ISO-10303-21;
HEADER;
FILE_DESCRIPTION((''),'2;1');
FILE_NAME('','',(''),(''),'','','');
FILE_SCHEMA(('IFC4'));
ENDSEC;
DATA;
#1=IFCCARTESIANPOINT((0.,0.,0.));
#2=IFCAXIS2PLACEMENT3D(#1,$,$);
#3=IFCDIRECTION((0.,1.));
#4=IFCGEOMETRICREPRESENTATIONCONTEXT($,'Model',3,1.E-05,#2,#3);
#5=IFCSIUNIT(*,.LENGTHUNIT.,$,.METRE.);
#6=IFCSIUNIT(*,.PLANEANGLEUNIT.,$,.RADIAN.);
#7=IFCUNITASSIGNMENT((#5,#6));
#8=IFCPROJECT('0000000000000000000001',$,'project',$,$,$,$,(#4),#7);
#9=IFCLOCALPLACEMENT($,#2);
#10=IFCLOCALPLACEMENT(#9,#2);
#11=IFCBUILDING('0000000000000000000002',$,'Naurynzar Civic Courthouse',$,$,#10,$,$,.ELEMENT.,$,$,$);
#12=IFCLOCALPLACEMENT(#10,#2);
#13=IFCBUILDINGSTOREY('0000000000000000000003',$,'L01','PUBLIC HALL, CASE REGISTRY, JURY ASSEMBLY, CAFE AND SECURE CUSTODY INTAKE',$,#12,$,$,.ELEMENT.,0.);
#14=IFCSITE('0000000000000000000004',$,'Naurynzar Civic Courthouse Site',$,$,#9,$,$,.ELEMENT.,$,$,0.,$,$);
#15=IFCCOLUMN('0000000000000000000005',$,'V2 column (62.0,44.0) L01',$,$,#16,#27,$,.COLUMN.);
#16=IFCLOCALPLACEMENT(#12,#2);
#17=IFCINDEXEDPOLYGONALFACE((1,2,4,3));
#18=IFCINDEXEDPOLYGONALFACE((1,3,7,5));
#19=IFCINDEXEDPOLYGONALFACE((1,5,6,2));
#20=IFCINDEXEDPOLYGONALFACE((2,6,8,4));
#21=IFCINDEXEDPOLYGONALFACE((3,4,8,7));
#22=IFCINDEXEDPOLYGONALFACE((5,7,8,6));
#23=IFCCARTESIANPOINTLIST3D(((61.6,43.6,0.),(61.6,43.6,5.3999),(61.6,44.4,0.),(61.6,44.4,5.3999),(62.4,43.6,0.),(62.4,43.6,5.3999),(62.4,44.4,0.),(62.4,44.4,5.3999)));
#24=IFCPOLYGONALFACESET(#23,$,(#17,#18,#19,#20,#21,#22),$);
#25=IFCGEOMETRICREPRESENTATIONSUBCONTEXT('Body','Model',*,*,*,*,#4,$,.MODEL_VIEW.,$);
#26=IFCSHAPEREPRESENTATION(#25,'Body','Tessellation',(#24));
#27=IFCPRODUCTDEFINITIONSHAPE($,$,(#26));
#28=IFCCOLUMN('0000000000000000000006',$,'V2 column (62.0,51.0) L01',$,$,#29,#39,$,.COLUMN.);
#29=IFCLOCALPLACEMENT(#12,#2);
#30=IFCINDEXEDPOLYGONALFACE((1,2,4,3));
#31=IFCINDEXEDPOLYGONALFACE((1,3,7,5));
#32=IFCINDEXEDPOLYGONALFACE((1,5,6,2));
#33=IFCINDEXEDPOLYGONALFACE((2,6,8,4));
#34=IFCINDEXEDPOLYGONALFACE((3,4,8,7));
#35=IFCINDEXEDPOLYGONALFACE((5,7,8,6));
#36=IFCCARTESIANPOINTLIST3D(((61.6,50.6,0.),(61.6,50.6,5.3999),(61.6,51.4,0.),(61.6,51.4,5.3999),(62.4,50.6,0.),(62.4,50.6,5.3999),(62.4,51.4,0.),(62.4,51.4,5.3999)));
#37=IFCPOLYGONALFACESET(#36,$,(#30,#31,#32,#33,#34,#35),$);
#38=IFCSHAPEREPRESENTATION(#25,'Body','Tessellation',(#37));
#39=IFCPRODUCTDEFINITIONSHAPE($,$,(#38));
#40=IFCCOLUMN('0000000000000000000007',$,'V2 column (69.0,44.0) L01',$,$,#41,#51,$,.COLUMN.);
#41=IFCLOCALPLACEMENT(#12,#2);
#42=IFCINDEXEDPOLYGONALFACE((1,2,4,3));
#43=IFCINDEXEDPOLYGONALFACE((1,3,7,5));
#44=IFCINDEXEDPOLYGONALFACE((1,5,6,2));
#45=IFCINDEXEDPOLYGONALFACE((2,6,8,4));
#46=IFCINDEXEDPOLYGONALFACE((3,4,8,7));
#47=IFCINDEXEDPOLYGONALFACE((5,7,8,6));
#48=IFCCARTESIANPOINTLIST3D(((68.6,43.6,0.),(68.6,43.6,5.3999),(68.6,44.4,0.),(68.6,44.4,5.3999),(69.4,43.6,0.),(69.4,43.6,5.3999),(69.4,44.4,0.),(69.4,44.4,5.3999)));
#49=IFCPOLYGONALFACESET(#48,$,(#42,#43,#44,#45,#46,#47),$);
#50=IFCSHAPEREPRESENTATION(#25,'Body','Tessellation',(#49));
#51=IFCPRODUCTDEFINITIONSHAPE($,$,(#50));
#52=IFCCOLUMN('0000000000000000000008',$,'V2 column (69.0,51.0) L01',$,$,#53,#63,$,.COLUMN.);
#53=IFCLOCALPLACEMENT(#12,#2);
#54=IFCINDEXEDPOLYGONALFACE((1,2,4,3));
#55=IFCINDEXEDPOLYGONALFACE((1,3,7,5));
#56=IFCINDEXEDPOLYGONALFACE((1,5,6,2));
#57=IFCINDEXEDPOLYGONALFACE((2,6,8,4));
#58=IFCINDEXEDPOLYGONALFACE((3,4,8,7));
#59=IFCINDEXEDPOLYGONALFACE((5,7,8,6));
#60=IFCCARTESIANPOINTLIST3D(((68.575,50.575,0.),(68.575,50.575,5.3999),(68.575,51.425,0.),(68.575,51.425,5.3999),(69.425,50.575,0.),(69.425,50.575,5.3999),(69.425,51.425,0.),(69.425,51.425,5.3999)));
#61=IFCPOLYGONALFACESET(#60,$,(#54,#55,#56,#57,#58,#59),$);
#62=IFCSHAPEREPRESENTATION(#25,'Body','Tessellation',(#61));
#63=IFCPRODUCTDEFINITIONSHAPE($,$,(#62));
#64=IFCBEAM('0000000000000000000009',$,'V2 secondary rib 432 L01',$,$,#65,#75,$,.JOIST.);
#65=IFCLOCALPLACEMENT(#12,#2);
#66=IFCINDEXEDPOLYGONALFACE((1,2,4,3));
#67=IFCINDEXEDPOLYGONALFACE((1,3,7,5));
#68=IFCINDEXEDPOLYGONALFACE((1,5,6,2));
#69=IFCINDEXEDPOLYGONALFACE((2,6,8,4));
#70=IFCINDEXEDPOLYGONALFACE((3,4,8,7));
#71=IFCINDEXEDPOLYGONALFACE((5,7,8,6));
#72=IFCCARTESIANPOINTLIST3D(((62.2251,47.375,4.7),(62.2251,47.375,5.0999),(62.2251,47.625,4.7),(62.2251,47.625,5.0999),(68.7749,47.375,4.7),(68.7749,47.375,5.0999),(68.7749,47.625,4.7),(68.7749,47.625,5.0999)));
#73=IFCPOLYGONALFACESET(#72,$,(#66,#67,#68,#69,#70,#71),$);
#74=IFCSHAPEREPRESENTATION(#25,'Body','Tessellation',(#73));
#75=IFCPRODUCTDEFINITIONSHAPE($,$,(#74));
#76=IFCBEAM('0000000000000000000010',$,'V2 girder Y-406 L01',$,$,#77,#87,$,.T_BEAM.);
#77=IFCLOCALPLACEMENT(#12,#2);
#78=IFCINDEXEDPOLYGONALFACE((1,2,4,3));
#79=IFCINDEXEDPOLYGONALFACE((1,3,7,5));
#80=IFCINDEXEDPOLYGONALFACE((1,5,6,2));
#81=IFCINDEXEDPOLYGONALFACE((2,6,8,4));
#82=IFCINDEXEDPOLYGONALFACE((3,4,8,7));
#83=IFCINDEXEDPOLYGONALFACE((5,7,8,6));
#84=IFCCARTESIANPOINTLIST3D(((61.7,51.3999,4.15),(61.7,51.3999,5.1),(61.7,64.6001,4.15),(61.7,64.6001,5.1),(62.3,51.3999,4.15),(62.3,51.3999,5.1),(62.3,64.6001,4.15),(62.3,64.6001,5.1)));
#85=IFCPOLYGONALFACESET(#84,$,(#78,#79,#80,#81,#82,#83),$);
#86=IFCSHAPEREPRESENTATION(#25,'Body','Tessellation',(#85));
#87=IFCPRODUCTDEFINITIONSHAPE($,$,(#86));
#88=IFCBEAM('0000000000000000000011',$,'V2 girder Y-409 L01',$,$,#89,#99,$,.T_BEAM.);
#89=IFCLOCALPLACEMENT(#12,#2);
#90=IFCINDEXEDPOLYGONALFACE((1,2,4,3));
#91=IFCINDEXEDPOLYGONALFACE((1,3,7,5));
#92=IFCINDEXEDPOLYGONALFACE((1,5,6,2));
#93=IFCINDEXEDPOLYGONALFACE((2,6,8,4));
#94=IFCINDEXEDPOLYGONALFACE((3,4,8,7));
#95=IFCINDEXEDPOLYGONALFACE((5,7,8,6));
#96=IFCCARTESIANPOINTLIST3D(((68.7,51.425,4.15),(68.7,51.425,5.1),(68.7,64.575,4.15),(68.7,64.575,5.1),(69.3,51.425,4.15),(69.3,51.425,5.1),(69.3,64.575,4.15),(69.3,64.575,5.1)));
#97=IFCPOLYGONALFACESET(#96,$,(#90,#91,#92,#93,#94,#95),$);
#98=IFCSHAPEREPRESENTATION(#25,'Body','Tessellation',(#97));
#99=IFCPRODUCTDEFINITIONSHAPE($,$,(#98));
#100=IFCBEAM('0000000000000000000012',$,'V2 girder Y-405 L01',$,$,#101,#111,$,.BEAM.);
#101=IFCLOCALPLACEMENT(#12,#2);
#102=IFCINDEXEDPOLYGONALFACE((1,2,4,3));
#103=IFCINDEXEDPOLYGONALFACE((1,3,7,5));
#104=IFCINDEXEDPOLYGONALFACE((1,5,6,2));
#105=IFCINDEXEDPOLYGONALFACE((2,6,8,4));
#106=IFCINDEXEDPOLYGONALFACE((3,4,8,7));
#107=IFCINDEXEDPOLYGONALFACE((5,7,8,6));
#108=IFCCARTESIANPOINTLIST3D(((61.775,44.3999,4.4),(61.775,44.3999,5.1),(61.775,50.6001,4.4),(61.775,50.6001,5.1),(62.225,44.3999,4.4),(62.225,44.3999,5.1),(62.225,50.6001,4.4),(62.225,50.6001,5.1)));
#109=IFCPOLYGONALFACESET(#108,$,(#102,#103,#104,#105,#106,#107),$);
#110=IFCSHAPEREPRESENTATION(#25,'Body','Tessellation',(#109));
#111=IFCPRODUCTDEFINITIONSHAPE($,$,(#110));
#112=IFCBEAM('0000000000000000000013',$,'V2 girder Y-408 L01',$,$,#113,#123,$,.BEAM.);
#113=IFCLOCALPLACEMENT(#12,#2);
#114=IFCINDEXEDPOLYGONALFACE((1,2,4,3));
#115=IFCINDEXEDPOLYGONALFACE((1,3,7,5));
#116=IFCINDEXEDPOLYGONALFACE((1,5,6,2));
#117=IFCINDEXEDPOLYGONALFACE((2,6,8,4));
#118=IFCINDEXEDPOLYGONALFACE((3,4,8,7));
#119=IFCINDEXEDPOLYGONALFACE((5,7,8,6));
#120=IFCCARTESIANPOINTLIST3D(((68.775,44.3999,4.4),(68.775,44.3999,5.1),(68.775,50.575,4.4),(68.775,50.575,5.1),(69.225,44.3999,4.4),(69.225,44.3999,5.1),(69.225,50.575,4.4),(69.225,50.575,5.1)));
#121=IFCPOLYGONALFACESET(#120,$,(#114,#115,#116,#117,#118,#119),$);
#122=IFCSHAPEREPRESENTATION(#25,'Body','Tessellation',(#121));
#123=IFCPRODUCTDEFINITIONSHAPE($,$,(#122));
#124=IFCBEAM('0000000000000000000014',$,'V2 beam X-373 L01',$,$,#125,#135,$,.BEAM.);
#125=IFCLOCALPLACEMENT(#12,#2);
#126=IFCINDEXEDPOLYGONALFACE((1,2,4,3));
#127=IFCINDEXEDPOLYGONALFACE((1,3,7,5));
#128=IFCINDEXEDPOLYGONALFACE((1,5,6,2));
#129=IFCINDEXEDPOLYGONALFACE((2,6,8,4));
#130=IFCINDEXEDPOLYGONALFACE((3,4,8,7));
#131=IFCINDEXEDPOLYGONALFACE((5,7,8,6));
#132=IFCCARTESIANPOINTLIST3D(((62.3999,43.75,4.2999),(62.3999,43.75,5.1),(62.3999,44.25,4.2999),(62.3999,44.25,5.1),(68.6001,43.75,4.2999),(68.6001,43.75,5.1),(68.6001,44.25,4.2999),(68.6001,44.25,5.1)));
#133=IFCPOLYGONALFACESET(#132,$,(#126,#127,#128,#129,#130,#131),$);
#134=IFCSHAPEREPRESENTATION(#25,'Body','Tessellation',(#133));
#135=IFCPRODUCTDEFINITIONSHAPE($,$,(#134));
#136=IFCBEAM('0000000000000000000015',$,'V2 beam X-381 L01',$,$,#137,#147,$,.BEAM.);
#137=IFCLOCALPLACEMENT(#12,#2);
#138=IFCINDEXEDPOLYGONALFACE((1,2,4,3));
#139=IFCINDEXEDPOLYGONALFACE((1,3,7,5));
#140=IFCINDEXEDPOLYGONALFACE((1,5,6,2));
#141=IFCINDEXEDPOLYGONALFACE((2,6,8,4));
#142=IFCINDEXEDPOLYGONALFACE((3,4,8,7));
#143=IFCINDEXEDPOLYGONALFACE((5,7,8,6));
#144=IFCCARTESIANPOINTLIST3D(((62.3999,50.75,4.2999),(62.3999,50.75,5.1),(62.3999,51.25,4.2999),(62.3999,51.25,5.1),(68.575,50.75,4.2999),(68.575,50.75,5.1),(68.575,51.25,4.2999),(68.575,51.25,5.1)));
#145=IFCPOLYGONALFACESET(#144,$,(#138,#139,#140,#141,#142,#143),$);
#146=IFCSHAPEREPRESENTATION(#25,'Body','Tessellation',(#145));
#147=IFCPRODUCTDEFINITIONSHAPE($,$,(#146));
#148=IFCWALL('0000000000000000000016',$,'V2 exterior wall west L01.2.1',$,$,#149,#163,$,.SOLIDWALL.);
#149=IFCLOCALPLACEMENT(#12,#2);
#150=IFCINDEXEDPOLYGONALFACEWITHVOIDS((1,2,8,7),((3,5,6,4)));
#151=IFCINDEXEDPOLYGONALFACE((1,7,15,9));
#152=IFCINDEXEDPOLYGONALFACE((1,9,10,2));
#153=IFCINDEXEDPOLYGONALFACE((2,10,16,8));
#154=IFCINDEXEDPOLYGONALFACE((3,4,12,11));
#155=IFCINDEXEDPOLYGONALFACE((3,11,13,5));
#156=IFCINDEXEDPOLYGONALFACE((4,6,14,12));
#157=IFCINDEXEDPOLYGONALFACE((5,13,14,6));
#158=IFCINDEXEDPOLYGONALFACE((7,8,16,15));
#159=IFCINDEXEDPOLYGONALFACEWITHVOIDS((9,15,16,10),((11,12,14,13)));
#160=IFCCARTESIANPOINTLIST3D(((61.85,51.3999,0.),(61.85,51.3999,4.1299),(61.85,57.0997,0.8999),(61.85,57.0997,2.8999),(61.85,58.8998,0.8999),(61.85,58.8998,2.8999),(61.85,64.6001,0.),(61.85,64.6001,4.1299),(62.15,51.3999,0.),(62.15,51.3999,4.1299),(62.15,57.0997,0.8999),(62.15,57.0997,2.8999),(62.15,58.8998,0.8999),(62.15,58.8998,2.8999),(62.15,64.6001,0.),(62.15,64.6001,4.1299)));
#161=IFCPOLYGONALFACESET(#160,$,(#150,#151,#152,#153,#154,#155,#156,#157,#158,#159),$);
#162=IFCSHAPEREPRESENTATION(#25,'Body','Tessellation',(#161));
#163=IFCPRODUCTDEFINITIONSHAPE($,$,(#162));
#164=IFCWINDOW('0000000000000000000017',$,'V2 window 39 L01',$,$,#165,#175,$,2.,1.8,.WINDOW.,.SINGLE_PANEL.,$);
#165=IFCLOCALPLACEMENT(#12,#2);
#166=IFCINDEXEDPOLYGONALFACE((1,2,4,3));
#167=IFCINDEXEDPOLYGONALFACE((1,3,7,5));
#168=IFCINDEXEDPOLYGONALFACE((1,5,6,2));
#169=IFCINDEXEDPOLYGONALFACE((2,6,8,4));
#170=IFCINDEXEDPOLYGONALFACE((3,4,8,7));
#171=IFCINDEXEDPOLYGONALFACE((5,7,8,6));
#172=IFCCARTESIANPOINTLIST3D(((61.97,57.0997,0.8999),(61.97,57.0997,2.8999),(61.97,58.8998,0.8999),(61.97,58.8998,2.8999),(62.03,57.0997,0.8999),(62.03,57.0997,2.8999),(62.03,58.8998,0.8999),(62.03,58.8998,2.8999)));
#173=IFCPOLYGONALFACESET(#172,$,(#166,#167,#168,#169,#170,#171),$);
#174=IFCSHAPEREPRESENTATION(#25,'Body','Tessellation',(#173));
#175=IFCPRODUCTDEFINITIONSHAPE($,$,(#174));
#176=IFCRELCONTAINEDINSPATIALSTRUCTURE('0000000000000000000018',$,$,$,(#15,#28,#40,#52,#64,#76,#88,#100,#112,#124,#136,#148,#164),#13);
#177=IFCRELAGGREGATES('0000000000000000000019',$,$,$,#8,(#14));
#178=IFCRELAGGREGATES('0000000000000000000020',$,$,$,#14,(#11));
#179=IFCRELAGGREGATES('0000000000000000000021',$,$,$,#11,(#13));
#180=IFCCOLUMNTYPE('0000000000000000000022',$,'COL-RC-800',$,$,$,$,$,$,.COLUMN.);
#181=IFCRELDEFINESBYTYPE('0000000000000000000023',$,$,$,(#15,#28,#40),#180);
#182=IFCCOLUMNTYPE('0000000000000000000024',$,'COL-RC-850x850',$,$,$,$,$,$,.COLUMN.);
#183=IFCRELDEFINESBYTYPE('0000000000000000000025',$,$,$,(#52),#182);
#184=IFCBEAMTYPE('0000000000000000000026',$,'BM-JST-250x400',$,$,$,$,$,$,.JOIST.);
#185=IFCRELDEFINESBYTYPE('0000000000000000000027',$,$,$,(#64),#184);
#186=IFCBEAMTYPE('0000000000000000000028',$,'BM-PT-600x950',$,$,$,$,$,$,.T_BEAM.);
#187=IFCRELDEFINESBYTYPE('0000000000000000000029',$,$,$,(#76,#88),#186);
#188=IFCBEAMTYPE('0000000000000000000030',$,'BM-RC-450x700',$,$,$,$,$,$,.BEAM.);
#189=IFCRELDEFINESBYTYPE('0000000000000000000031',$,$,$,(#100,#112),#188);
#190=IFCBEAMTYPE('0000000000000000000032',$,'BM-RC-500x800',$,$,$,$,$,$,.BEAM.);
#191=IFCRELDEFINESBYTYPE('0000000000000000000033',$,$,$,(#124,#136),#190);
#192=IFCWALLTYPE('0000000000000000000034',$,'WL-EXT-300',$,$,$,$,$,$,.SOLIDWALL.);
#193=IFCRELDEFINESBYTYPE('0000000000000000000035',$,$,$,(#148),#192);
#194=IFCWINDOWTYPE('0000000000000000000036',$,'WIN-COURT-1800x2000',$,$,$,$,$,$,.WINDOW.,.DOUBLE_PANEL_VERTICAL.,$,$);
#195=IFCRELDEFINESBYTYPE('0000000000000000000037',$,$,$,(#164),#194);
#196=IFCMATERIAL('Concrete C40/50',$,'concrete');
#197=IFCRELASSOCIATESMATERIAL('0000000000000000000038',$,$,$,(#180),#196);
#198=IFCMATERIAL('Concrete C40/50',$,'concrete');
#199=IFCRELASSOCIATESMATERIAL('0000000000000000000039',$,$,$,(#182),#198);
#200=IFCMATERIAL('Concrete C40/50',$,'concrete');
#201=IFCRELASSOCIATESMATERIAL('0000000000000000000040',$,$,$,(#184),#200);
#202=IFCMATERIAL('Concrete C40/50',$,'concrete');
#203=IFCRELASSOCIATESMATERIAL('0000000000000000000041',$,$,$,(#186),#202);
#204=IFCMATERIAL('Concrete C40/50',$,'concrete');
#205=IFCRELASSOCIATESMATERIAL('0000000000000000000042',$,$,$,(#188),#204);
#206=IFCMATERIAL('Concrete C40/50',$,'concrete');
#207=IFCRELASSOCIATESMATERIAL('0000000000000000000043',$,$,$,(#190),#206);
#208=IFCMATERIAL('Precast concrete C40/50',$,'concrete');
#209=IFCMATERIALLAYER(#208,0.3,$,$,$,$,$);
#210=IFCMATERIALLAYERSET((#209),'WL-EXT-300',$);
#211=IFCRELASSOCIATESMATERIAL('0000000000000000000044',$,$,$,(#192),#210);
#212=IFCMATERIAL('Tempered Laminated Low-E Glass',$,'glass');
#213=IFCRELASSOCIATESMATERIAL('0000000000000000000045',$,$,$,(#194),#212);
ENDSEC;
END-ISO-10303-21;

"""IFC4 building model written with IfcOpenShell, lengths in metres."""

from ifc_helpers import new_model, si_unit, direction, frame, frame_2d, origin, origin_2d, place, context, subcontext, project, spatial, rectangle, extrude, material, layer, layer_set, material_profile, profile_set, type_object, element, fill, save


model = new_model("IFC4")

# Units and contexts
model_context = context("Model", 3, precision=1e-05, world=origin(), true_north=direction((0.0, 1.0)))
body_context = subcontext(model_context, "Body", "Model", "MODEL_VIEW")
ifc_project = project(units=[si_unit("LENGTHUNIT", "METRE"), si_unit("PLANEANGLEUNIT", "RADIAN")], contexts=[model_context])

# Site, building, storey
site_placement = place(None, origin())
site = spatial("IfcSite", under=ifc_project, at=site_placement, Name="Naurynzar Civic Courthouse Site", CompositionType="ELEMENT", RefElevation=0.0)
building_placement = place(site_placement, origin())
building = spatial("IfcBuilding", under=site, at=building_placement, Name="Naurynzar Civic Courthouse", CompositionType="ELEMENT")
storey_placement = place(building_placement, origin())
storey = spatial("IfcBuildingStorey", under=building, at=storey_placement, Name="L01", Description="PUBLIC HALL, CASE REGISTRY, JURY ASSEMBLY, CAFE AND SECURE CUSTODY INTAKE", CompositionType="ELEMENT", Elevation=0.0)

# Columns
ifc_material_1 = material(Name="Concrete C40/50", Category="concrete")
ifc_material_profile_1 = material_profile(ifc_material_1, rectangle(XDim=0.8, YDim=0.8, at=origin_2d()), Name="RC 800x800")
ifc_profile_set_1 = profile_set([ifc_material_profile_1], Name="Concrete C40/50")
column_type_1 = type_object("IfcColumnType", Name="COL-RC-800", PredefinedType="COLUMN", material=ifc_profile_set_1)
for number, where, z_axis, x_axis, name in (
    (1, (62.0, 44.0, 0.0), (0.0, 0.0, 1.0), (1.0, 0.0, 0.0), "V2 column (62.0,44.0) L01"),
    (2, (62.0, 51.0, 0.0), (0.0, 0.0, 1.0), (1.0, 0.0, 0.0), "V2 column (62.0,51.0) L01"),
    (3, (69.0, 44.0, 0.0), (0.0, 0.0, 1.0), (1.0, 0.0, 0.0), "V2 column (69.0,44.0) L01"),
):
    element("IfcColumn", number, at=place(storey_placement, frame(where, z_axis=z_axis, x_axis=x_axis)), inside=storey, type_object=column_type_1, Name=name, PredefinedType="COLUMN", context=body_context, shape_type="SweptSolid", body=[
        extrude(rectangle(XDim=0.8, YDim=0.8, at=origin_2d()), origin(), (0.0, 0.0, 1.0), 5.3999),
    ])
ifc_material_2 = material(Name="Concrete C40/50", Category="concrete")
ifc_material_profile_2 = material_profile(ifc_material_2, rectangle(XDim=0.8501, YDim=0.8501, at=origin_2d()), Name="RC 850x850")
ifc_profile_set_2 = profile_set([ifc_material_profile_2], Name="Concrete C40/50")
column_type_2 = type_object("IfcColumnType", Name="COL-RC-850x850", PredefinedType="COLUMN", material=ifc_profile_set_2)
column_placement = place(storey_placement, frame((69.0, 51.0, 0.0), z_axis=(0.0, 0.0, 1.0), x_axis=(1.0, 0.0, 0.0)))
element("IfcColumn", 4, at=column_placement, inside=storey, type_object=column_type_2, Name="V2 column (69.0,51.0) L01", PredefinedType="COLUMN", context=body_context, shape_type="SweptSolid", body=[
    extrude(rectangle(XDim=0.8501, YDim=0.8501, at=origin_2d()), origin(), (0.0, 0.0, 1.0), 5.3999),
])

# Beams
ifc_material_3 = material(Name="Concrete C40/50", Category="concrete")
ifc_material_profile_3 = material_profile(ifc_material_3, rectangle(XDim=0.25, YDim=0.3999, at=origin_2d()), Name="RCB 250x400")
ifc_profile_set_3 = profile_set([ifc_material_profile_3], Name="Concrete C40/50")
beam_type_1 = type_object("IfcBeamType", Name="BM-JST-250x400", PredefinedType="JOIST", material=ifc_profile_set_3)
beam_1_placement = place(storey_placement, frame((62.2251, 47.5, 4.8999), z_axis=(1.0, 0.0, 0.0), x_axis=(0.0, 1.0, 0.0)))
element("IfcBeam", 5, at=beam_1_placement, inside=storey, type_object=beam_type_1, Name="V2 secondary rib 432 L01", PredefinedType="JOIST", context=body_context, shape_type="SweptSolid", body=[
    extrude(rectangle(XDim=0.25, YDim=0.3999, at=origin_2d()), origin(), (0.0, 0.0, 1.0), 6.5498),
])
ifc_material_4 = material(Name="Concrete C40/50", Category="concrete")
ifc_material_profile_4 = material_profile(ifc_material_4, rectangle(XDim=0.6001, YDim=0.95, at=origin_2d()), Name="PTB 600x950")
ifc_profile_set_4 = profile_set([ifc_material_profile_4], Name="Concrete C40/50")
beam_type_2 = type_object("IfcBeamType", Name="BM-PT-600x950", PredefinedType="T_BEAM", material=ifc_profile_set_4)
beam_2_placement = place(storey_placement, frame((62.0, 51.3999, 4.625), z_axis=(0.0, 1.0, 0.0), x_axis=(-1.0, 0.0, 0.0)))
element("IfcBeam", 6, at=beam_2_placement, inside=storey, type_object=beam_type_2, Name="V2 girder Y-406 L01", PredefinedType="T_BEAM", context=body_context, shape_type="SweptSolid", body=[
    extrude(rectangle(XDim=0.6001, YDim=0.95, at=origin_2d()), origin(), (0.0, 0.0, 1.0), 13.2002),
])
beam_3_placement = place(storey_placement, frame((69.0, 51.425, 4.625), z_axis=(0.0, 1.0, 0.0), x_axis=(-1.0, 0.0, 0.0)))
element("IfcBeam", 7, at=beam_3_placement, inside=storey, type_object=beam_type_2, Name="V2 girder Y-409 L01", PredefinedType="T_BEAM", context=body_context, shape_type="SweptSolid", body=[
    extrude(rectangle(XDim=0.6001, YDim=0.95, at=origin_2d()), origin(), (0.0, 0.0, 1.0), 13.1499),
])
ifc_material_5 = material(Name="Concrete C40/50", Category="concrete")
ifc_material_profile_5 = material_profile(ifc_material_5, rectangle(XDim=0.45, YDim=0.7, at=origin_2d()), Name="RCB 450x700")
ifc_profile_set_5 = profile_set([ifc_material_profile_5], Name="Concrete C40/50")
beam_type_3 = type_object("IfcBeamType", Name="BM-RC-450x700", PredefinedType="BEAM", material=ifc_profile_set_5)
beam_4_placement = place(storey_placement, frame((62.0, 44.3999, 4.75), z_axis=(0.0, 1.0, 0.0), x_axis=(-1.0, 0.0, 0.0)))
element("IfcBeam", 8, at=beam_4_placement, inside=storey, type_object=beam_type_3, Name="V2 girder Y-405 L01", PredefinedType="BEAM", context=body_context, shape_type="SweptSolid", body=[
    extrude(rectangle(XDim=0.45, YDim=0.7, at=origin_2d()), origin(), (0.0, 0.0, 1.0), 6.2002),
])
beam_5_placement = place(storey_placement, frame((69.0, 44.3999, 4.75), z_axis=(0.0, 1.0, 0.0), x_axis=(-1.0, 0.0, 0.0)))
element("IfcBeam", 9, at=beam_5_placement, inside=storey, type_object=beam_type_3, Name="V2 girder Y-408 L01", PredefinedType="BEAM", context=body_context, shape_type="SweptSolid", body=[
    extrude(rectangle(XDim=0.45, YDim=0.7, at=origin_2d()), origin(), (0.0, 0.0, 1.0), 6.175),
])
ifc_material_6 = material(Name="Concrete C40/50", Category="concrete")
ifc_material_profile_6 = material_profile(ifc_material_6, rectangle(XDim=0.5, YDim=0.8, at=origin_2d()), Name="RCB 500x800")
ifc_profile_set_6 = profile_set([ifc_material_profile_6], Name="Concrete C40/50")
beam_type_4 = type_object("IfcBeamType", Name="BM-RC-500x800", PredefinedType="BEAM", material=ifc_profile_set_6)
beam_6_placement = place(storey_placement, frame((62.3999, 44.0, 4.7), z_axis=(1.0, 0.0, 0.0), x_axis=(0.0, 1.0, 0.0)))
element("IfcBeam", 10, at=beam_6_placement, inside=storey, type_object=beam_type_4, Name="V2 beam X-373 L01", PredefinedType="BEAM", context=body_context, shape_type="SweptSolid", body=[
    extrude(rectangle(XDim=0.5, YDim=0.8, at=origin_2d()), origin(), (0.0, 0.0, 1.0), 6.2002),
])
beam_7_placement = place(storey_placement, frame((62.3999, 51.0, 4.7), z_axis=(1.0, 0.0, 0.0), x_axis=(0.0, 1.0, 0.0)))
element("IfcBeam", 11, at=beam_7_placement, inside=storey, type_object=beam_type_4, Name="V2 beam X-381 L01", PredefinedType="BEAM", context=body_context, shape_type="SweptSolid", body=[
    extrude(rectangle(XDim=0.5, YDim=0.8, at=origin_2d()), origin(), (0.0, 0.0, 1.0), 6.175),
])

# Shared definitions
ifc_material_7 = material(Name="Precast concrete C40/50", Category="concrete")
ifc_layer_1 = layer(ifc_material_7, 0.3)
ifc_layer_set_1 = layer_set([ifc_layer_1], Name="WL-EXT-300")
wall_type_1 = type_object("IfcWallType", Name="WL-EXT-300", PredefinedType="SOLIDWALL", material=ifc_layer_set_1)

# Wall, opening, window
wall_1_placement = place(storey_placement, frame((62.0, 51.3999, 0.0), z_axis=(0.0, 0.0, 1.0), x_axis=(0.0, 1.0, 0.0)))
wall_1 = element("IfcWall", 12, at=wall_1_placement, inside=storey, type_object=wall_type_1, Name="V2 exterior wall west L01.2.1", PredefinedType="SOLIDWALL", context=body_context, shape_type="SweptSolid", body=[
    extrude(rectangle(XDim=13.2002, YDim=0.3, at=frame_2d((6.6001, 0.0))), origin(), (0.0, 0.0, 1.0), 4.1299),
])
opening_1_placement = place(wall_1_placement, frame((5.7, 0.0, 0.8999)))
opening_1 = element("IfcOpeningElement", 13, at=opening_1_placement, cuts=wall_1, PredefinedType="OPENING", context=body_context, shape_type="SweptSolid", body=[
    extrude(rectangle(XDim=1.8, YDim=2.0, at=frame_2d((0.8999, 1.0))), frame((0.0, 0.1599, 0.0), z_axis=(0.0, -1.0, 0.0), x_axis=(1.0, 0.0, 0.0)), (0.0, 0.0, 1.0), 0.3201),
])
ifc_material_8 = material(Name="Tempered Laminated Low-E Glass", Category="glass")
window_type = type_object("IfcWindowType", Name="WIN-COURT-1800x2000", PartitioningType="DOUBLE_PANEL_VERTICAL", PredefinedType="WINDOW", material=ifc_material_8)
window_1_placement = place(opening_1_placement, origin())
window_1 = element("IfcWindow", 14, at=window_1_placement, inside=storey, type_object=window_type, Name="V2 window 39 L01", OverallHeight=2.0, OverallWidth=1.8, PartitioningType="SINGLE_PANEL", PredefinedType="WINDOW", context=body_context, shape_type="SweptSolid", body=[
    extrude(rectangle(XDim=1.8, YDim=2.0, at=frame_2d((0.8999, 1.0))), frame((0.0, 0.03, 0.0), z_axis=(0.0, -1.0, 0.0), x_axis=(1.0, 0.0, 0.0)), (0.0, 0.0, 1.0), 0.0601),
])
fill(opening_1, window_1)

save(model, "model.ifc")
